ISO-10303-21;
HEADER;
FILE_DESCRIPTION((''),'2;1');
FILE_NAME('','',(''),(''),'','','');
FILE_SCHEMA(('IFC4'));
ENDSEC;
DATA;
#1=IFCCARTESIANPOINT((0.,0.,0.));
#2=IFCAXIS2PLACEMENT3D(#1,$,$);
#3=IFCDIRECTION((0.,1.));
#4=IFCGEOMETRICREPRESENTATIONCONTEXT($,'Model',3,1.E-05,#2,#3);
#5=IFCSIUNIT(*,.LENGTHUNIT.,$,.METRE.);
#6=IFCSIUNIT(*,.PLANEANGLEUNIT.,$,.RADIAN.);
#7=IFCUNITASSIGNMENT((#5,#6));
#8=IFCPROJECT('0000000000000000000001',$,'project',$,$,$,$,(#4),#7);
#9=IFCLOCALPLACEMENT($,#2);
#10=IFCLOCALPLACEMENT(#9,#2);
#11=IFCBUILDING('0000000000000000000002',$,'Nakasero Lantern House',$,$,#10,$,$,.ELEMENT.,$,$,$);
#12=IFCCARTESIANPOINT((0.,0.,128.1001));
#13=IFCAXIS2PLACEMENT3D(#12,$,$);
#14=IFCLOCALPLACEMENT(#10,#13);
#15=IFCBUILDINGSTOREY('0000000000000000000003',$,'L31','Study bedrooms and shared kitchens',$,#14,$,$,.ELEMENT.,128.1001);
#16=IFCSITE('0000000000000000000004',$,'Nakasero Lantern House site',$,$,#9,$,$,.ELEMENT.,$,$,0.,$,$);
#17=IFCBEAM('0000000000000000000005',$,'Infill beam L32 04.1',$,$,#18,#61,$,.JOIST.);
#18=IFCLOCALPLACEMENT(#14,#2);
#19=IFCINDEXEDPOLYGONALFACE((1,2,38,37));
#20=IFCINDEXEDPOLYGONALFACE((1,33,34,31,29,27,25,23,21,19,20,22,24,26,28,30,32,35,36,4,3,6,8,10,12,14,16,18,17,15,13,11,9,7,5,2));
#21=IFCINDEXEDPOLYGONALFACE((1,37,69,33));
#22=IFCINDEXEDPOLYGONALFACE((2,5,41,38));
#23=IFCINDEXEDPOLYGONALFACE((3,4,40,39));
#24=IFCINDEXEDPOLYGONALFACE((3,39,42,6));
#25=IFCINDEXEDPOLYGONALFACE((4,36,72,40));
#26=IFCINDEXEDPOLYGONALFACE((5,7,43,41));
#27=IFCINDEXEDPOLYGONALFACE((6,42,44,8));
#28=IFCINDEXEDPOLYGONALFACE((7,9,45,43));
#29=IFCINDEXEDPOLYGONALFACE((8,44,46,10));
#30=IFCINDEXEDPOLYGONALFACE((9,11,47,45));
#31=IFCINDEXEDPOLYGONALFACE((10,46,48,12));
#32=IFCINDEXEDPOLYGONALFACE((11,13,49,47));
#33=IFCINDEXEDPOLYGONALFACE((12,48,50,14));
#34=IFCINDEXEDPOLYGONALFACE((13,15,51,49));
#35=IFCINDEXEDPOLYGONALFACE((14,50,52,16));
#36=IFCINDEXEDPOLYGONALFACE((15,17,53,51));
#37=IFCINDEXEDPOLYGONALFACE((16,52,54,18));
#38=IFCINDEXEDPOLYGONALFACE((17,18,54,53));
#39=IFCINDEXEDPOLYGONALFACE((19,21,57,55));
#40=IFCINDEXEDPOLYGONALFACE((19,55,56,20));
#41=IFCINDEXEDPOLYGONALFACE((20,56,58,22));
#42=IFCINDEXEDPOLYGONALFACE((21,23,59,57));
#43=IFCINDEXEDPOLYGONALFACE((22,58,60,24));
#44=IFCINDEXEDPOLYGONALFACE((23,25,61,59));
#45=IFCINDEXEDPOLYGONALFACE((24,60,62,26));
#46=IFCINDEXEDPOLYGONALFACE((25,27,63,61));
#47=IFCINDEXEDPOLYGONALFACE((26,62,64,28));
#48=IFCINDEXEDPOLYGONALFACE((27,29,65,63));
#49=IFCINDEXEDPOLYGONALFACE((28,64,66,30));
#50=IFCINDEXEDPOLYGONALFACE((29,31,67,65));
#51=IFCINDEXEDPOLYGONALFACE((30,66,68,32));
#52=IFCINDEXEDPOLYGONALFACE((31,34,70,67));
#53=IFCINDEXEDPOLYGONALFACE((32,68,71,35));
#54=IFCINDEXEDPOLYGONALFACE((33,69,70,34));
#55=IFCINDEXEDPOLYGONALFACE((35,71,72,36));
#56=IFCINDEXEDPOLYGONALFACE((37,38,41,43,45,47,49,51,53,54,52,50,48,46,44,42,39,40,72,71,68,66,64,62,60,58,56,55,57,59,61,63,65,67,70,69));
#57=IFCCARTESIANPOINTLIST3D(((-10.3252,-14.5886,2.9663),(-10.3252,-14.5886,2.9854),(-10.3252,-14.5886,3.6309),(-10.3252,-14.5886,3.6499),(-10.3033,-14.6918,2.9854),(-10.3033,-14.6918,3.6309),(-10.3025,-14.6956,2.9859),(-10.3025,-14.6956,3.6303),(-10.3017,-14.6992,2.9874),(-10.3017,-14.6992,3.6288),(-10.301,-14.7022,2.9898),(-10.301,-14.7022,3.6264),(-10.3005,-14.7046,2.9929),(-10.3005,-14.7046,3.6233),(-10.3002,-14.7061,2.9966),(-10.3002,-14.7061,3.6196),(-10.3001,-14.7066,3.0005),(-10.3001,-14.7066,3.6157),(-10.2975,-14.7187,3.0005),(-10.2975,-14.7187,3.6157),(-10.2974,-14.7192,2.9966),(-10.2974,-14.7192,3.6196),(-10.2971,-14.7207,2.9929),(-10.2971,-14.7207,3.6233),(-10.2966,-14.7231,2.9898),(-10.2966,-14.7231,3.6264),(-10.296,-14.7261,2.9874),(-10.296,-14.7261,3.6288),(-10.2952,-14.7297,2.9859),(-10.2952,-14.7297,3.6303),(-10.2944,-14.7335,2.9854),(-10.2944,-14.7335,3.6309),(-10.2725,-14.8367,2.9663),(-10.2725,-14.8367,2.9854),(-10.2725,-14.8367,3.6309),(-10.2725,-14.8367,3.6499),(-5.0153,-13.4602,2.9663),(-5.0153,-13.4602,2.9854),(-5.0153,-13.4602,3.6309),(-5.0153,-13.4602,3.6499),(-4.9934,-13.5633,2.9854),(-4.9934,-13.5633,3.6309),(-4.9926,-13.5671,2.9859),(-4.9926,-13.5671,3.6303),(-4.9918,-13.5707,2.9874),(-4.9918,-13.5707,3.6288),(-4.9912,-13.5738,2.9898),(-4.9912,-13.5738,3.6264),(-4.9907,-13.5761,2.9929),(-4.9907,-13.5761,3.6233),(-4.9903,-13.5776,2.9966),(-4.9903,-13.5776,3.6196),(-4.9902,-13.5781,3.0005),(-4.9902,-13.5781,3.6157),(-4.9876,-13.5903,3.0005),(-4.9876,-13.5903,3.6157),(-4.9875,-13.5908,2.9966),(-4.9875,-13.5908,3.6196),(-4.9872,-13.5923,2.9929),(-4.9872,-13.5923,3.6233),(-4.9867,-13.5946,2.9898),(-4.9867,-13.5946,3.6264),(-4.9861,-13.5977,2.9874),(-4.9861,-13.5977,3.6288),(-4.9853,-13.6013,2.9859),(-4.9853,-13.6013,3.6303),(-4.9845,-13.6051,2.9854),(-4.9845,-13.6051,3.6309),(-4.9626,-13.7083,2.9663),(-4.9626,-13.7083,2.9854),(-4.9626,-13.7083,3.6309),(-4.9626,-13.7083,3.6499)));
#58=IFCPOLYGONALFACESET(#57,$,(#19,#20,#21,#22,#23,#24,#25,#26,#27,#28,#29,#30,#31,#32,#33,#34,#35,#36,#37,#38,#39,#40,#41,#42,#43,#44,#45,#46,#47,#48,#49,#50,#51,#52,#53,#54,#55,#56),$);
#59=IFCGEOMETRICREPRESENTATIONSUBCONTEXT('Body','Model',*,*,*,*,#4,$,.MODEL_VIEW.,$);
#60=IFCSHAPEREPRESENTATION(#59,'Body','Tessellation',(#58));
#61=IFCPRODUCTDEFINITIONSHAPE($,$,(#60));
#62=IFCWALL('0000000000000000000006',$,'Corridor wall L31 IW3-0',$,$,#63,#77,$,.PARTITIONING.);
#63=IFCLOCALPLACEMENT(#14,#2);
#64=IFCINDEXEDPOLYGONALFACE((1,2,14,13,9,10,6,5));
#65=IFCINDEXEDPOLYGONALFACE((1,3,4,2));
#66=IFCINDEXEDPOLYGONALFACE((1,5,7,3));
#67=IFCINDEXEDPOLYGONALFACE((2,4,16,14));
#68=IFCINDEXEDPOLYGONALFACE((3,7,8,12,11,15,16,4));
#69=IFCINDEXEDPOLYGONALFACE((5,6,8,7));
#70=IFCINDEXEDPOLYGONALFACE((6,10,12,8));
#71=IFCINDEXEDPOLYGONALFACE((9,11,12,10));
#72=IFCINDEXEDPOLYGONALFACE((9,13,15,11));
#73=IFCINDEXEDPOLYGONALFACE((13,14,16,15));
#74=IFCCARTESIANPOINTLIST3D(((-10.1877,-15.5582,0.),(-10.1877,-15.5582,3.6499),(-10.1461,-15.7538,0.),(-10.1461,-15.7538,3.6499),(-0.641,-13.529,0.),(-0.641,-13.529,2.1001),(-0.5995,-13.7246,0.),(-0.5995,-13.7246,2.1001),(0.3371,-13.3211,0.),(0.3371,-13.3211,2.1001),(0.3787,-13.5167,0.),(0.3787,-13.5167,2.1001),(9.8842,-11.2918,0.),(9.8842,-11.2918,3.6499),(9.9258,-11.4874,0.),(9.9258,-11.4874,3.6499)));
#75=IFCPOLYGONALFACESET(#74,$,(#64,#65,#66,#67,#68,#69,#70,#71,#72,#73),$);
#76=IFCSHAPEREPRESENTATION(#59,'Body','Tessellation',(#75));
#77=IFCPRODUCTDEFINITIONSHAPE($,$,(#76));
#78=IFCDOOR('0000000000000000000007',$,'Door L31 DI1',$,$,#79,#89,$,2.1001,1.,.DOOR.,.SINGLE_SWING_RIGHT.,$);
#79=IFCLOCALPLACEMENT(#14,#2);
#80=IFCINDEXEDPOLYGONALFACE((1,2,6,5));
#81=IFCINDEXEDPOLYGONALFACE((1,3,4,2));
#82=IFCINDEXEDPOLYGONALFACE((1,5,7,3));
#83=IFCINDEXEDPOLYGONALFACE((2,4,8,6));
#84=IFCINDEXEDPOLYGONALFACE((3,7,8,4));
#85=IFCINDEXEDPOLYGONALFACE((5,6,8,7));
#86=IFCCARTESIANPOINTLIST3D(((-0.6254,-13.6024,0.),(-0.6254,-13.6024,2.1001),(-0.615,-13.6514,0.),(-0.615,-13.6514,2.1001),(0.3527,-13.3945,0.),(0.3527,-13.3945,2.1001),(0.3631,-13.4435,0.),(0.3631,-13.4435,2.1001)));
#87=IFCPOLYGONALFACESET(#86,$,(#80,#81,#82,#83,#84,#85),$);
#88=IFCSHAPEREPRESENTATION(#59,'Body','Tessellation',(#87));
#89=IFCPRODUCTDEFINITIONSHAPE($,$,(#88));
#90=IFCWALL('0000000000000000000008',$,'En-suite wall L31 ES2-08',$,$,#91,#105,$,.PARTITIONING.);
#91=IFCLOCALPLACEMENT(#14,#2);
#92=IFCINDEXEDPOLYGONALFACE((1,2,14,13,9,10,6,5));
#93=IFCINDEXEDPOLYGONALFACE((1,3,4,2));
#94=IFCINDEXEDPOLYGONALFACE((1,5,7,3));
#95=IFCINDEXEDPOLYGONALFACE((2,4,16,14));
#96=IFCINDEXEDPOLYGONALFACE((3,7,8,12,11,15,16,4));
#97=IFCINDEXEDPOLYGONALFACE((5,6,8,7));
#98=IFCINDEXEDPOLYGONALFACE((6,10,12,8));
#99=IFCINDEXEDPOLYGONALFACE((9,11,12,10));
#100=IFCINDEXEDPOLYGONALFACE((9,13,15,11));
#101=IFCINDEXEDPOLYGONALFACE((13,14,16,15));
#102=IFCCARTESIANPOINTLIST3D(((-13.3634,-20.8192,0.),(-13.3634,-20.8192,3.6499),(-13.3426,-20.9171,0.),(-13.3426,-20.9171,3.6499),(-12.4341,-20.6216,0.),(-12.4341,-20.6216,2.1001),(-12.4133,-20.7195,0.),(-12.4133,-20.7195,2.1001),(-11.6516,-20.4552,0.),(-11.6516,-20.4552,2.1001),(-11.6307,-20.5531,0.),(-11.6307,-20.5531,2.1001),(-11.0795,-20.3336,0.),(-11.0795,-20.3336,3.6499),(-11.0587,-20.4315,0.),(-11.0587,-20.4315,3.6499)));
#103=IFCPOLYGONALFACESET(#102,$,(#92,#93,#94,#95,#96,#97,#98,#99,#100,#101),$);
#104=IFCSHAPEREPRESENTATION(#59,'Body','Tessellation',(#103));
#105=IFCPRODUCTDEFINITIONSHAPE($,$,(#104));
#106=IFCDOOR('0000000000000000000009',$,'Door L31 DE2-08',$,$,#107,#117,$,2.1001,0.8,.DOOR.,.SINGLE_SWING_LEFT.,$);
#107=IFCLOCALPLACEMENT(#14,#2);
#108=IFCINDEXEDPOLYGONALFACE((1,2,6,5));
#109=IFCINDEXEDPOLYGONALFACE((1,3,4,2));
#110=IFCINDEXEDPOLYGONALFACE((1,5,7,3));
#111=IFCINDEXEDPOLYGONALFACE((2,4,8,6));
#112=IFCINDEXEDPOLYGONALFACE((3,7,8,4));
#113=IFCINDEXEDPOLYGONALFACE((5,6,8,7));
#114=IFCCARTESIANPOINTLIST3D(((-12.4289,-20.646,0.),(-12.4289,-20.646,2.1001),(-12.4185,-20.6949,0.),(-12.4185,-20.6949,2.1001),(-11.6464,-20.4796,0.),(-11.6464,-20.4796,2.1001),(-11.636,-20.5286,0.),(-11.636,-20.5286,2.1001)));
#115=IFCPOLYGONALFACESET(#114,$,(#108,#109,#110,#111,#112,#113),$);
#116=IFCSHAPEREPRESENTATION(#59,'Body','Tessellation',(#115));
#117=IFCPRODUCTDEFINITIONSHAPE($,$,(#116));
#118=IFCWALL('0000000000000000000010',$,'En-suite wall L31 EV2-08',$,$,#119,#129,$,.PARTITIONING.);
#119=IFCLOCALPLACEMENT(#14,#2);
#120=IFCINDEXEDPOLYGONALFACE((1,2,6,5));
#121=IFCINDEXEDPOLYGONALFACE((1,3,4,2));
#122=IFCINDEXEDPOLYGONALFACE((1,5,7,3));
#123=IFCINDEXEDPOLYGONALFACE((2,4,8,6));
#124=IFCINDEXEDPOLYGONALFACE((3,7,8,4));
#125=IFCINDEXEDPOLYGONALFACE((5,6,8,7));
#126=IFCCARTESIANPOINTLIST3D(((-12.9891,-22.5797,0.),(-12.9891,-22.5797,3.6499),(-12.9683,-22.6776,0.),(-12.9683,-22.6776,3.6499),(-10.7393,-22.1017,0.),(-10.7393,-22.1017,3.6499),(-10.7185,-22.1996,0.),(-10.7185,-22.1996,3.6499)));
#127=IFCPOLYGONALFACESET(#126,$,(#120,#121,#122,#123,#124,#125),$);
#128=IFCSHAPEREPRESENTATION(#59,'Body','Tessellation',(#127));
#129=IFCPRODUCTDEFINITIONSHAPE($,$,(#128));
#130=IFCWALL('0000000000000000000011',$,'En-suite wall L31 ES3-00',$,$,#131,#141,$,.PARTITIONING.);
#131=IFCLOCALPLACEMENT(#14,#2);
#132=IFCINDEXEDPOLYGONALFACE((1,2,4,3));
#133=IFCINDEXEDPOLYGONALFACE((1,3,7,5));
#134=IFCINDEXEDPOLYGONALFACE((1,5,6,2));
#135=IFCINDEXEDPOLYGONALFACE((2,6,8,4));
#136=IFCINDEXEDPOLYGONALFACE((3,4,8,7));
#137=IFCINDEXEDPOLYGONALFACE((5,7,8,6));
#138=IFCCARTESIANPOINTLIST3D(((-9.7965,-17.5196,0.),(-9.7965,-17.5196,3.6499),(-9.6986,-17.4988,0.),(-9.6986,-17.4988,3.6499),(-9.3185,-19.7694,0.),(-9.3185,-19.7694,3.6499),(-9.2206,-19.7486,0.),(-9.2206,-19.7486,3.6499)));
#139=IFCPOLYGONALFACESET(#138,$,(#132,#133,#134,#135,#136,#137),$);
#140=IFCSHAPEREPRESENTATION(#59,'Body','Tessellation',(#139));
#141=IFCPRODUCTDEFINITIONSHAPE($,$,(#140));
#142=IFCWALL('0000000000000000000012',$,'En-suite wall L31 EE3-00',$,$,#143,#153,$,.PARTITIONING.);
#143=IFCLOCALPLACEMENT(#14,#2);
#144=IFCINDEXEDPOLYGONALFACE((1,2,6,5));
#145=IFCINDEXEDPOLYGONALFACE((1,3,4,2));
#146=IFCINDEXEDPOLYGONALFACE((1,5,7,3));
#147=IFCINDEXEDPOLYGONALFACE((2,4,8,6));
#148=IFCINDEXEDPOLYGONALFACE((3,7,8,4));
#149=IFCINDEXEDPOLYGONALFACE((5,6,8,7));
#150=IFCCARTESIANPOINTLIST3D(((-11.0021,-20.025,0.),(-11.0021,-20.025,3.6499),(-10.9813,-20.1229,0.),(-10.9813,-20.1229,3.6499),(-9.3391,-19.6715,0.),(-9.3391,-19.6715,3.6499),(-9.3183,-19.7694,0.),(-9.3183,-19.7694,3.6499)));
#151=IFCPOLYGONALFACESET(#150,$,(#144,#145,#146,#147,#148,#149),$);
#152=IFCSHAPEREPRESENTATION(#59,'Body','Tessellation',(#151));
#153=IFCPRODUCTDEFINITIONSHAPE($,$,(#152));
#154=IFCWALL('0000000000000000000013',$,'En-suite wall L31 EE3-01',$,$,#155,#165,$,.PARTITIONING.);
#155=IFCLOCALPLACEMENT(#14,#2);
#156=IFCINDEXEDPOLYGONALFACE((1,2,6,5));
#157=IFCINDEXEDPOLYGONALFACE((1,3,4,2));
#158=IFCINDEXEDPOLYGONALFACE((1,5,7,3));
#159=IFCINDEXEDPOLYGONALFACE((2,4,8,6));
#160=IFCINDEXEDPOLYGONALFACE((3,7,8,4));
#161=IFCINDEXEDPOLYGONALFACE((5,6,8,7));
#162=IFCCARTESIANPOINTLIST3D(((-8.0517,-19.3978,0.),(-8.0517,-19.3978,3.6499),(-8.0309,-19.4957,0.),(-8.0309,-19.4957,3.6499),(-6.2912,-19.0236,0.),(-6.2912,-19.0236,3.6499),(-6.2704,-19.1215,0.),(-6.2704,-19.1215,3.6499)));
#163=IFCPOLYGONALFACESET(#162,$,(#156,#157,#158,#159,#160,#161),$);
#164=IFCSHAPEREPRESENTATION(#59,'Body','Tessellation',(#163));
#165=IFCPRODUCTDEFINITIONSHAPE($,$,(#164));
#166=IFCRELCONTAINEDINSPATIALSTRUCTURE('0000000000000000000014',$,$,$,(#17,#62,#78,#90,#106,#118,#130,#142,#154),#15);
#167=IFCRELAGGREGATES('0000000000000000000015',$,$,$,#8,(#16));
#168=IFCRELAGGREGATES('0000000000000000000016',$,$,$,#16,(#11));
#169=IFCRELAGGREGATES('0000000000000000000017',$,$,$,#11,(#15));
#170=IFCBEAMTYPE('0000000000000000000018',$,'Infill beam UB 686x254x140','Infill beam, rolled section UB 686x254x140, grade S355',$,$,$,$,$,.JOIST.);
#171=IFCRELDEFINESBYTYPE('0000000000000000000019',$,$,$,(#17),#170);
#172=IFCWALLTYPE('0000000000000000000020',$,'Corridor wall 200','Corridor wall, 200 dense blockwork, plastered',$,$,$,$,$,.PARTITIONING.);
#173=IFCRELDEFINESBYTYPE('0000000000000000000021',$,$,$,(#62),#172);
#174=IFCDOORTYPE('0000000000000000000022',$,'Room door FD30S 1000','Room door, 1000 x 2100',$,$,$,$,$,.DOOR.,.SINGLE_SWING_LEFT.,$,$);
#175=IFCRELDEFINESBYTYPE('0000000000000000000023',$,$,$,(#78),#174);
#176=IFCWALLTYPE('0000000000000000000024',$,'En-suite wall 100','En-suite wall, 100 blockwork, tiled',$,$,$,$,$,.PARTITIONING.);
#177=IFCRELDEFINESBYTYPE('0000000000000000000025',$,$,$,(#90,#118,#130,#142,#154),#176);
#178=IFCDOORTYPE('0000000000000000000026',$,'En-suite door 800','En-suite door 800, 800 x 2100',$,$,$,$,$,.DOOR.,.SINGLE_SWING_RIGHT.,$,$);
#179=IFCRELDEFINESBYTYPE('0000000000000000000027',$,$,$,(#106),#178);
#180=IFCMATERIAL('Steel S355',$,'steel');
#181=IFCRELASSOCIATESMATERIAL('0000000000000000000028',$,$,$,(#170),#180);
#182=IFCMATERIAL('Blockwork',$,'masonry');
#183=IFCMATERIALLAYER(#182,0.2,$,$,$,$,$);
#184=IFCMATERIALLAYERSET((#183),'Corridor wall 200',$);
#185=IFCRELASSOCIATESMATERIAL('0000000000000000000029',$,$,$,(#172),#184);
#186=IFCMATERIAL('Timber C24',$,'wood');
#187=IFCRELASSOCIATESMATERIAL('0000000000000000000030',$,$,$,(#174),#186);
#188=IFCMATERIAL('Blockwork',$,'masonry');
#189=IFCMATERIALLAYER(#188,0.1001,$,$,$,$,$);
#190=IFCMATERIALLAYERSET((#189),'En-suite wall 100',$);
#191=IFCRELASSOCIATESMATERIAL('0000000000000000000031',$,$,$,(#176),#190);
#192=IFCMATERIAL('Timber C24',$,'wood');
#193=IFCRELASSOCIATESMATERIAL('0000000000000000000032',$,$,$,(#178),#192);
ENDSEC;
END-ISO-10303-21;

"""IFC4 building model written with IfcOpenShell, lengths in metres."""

from ifc_helpers import new_model, si_unit, direction, frame, frame_2d, origin, origin_2d, place, context, subcontext, project, spatial, rectangle, i_section, extrude, material, layer, layer_set, material_profile, profile_set, type_object, element, fill, save


model = new_model("IFC4")

# Units and contexts
model_context = context("Model", 3, precision=1e-05, world=origin(), true_north=direction((0.0, 1.0)))
body_context = subcontext(model_context, "Body", "Model", "MODEL_VIEW")
ifc_project = project(units=[si_unit("LENGTHUNIT", "METRE"), si_unit("PLANEANGLEUNIT", "RADIAN")], contexts=[model_context])

# Site, building, storey
site_placement = place(None, origin())
site = spatial("IfcSite", under=ifc_project, at=site_placement, Name="Nakasero Lantern House site", CompositionType="ELEMENT", RefElevation=0.0)
building_placement = place(site_placement, origin())
building = spatial("IfcBuilding", under=site, at=building_placement, Name="Nakasero Lantern House", CompositionType="ELEMENT")
storey_placement = place(building_placement, frame((0.0, 0.0, 128.1001)))
storey = spatial("IfcBuildingStorey", under=building, at=storey_placement, Name="L31", Description="Study bedrooms and shared kitchens", CompositionType="ELEMENT", Elevation=128.1001)

# Beam
ifc_material_1 = material(Name="Steel S355", Category="steel")
ifc_material_profile = material_profile(ifc_material_1, i_section(OverallWidth=0.2537, OverallDepth=0.6836, WebThickness=0.0125, FlangeThickness=0.019, FilletRadius=0.0151, at=origin_2d()), Name="UB 686x254x140")
ifc_profile_set = profile_set([ifc_material_profile], Name="Steel S355")
beam_type = type_object("IfcBeamType", Name="Infill beam UB 686x254x140", Description="Infill beam, rolled section UB 686x254x140, grade S355", PredefinedType="JOIST", material=ifc_profile_set)
beam_placement = place(storey_placement, frame((-10.2988, -14.7126, 3.3081), z_axis=(0.978156, 0.207873, 0.0), x_axis=(-0.207873, 0.978156, 0.0)))
element("IfcBeam", 1, at=beam_placement, inside=storey, type_object=beam_type, Name="Infill beam L32 04.1", PredefinedType="JOIST", context=body_context, shape_type="SweptSolid", body=[
    extrude(i_section(OverallWidth=0.2537, OverallDepth=0.6836, WebThickness=0.0125, FlangeThickness=0.019, FilletRadius=0.0151, at=origin_2d()), origin(), (0.0, 0.0, 1.0), 5.4285),
])

# Walls, openings, doors
ifc_material_2 = material(Name="Blockwork", Category="masonry")
ifc_layer_1 = layer(ifc_material_2, 0.2)
ifc_layer_set_1 = layer_set([ifc_layer_1], Name="Corridor wall 200")
wall_type_1 = type_object("IfcWallType", Name="Corridor wall 200", Description="Corridor wall, 200 dense blockwork, plastered", PredefinedType="PARTITIONING", material=ifc_layer_set_1)
wall_1_placement = place(storey_placement, frame((-10.167, -15.656, 0.0), z_axis=(0.0, 0.0, 1.0), x_axis=(0.978148, 0.20791, 0.0)))
wall_1 = element("IfcWall", 2, at=wall_1_placement, inside=storey, type_object=wall_type_1, Name="Corridor wall L31 IW3-0", PredefinedType="PARTITIONING", context=body_context, shape_type="SweptSolid", body=[
    extrude(rectangle(XDim=20.5203, YDim=0.2, at=frame_2d((10.2603, 0.0))), origin(), (0.0, 0.0, 1.0), 3.6499),
])
opening_1_placement = place(wall_1_placement, frame((9.76, 0.0, 0.0)))
opening_1 = element("IfcOpeningElement", 3, at=opening_1_placement, cuts=wall_1, PredefinedType="OPENING", context=body_context, shape_type="SweptSolid", body=[
    extrude(rectangle(XDim=1.0, YDim=2.1001, at=frame_2d((0.5, 1.05))), frame((0.0, 0.1199, 0.0), z_axis=(0.0, -1.0, 0.0), x_axis=(1.0, 0.0, 0.0)), (0.0, 0.0, 1.0), 0.24),
])
ifc_material_3 = material(Name="Timber C24", Category="wood")
door_type_1 = type_object("IfcDoorType", Name="Room door FD30S 1000", Description="Room door, 1000 x 2100", OperationType="SINGLE_SWING_LEFT", PredefinedType="DOOR", material=ifc_material_3)
door_1_placement = place(opening_1_placement, origin())
door_1 = element("IfcDoor", 4, at=door_1_placement, inside=storey, type_object=door_type_1, Name="Door L31 DI1", OperationType="SINGLE_SWING_RIGHT", OverallHeight=2.1001, OverallWidth=1.0, PredefinedType="DOOR", context=body_context, shape_type="SweptSolid", body=[
    extrude(rectangle(XDim=1.0, YDim=2.1001, at=frame_2d((0.5, 1.05))), frame((0.0, 0.0249, 0.0), z_axis=(0.0, -1.0, 0.0), x_axis=(1.0, 0.0, 0.0)), (0.0, 0.0, 1.0), 0.05),
])
fill(opening_1, door_1)
ifc_material_4 = material(Name="Blockwork", Category="masonry")
ifc_layer_2 = layer(ifc_material_4, 0.1001)
ifc_layer_set_2 = layer_set([ifc_layer_2], Name="En-suite wall 100")
wall_type_2 = type_object("IfcWallType", Name="En-suite wall 100", Description="En-suite wall, 100 blockwork, tiled", PredefinedType="PARTITIONING", material=ifc_layer_set_2)
wall_2_placement = place(storey_placement, frame((-11.0691, -20.3826, 0.0), z_axis=(0.0, 0.0, 1.0), x_axis=(-0.978136, -0.207965, 0.0)))
wall_2 = element("IfcWall", 5, at=wall_2_placement, inside=storey, type_object=wall_type_2, Name="En-suite wall L31 ES2-08", PredefinedType="PARTITIONING", context=body_context, shape_type="SweptSolid", body=[
    extrude(rectangle(XDim=2.335, YDim=0.1001, at=frame_2d((1.1675, 0.0))), origin(), (0.0, 0.0, 1.0), 3.6499),
])
opening_2_placement = place(wall_2_placement, frame((0.585, 0.0, 0.0)))
opening_2 = element("IfcOpeningElement", 6, at=opening_2_placement, cuts=wall_2, PredefinedType="OPENING", context=body_context, shape_type="SweptSolid", body=[
    extrude(rectangle(XDim=0.8, YDim=2.1001, at=frame_2d((0.3999, 1.05))), frame((0.0, 0.0701, 0.0), z_axis=(0.0, -1.0, 0.0), x_axis=(1.0, 0.0, 0.0)), (0.0, 0.0, 1.0), 0.1401),
])
ifc_material_5 = material(Name="Timber C24", Category="wood")
door_type_2 = type_object("IfcDoorType", Name="En-suite door 800", Description="En-suite door 800, 800 x 2100", OperationType="SINGLE_SWING_RIGHT", PredefinedType="DOOR", material=ifc_material_5)
door_2_placement = place(opening_2_placement, origin())
door_2 = element("IfcDoor", 7, at=door_2_placement, inside=storey, type_object=door_type_2, Name="Door L31 DE2-08", OperationType="SINGLE_SWING_LEFT", OverallHeight=2.1001, OverallWidth=0.8, PredefinedType="DOOR", context=body_context, shape_type="SweptSolid", body=[
    extrude(rectangle(XDim=0.8, YDim=2.1001, at=frame_2d((0.3999, 1.05))), frame((0.0, 0.0249, 0.0), z_axis=(0.0, -1.0, 0.0), x_axis=(1.0, 0.0, 0.0)), (0.0, 0.0, 1.0), 0.05),
])
fill(opening_2, door_2)

# Walls
for number, where, z_axis, x_axis, name in (
    (8, (-10.729, -22.1506, 0.0), (0.0, 0.0, 1.0), (-0.978163, -0.20784, 0.0), "En-suite wall L31 EV2-08"),
    (9, (-9.7476, -17.5093, 0.0), (0.0, 0.0, 1.0), (0.20784, -0.978163, 0.0), "En-suite wall L31 ES3-00"),
):
    element("IfcWall", number, at=place(storey_placement, frame(where, z_axis=z_axis, x_axis=x_axis)), inside=storey, type_object=wall_type_2, Name=name, PredefinedType="PARTITIONING", context=body_context, shape_type="SweptSolid", body=[
        extrude(rectangle(XDim=2.3, YDim=0.1001, at=frame_2d((1.1499, 0.0))), origin(), (0.0, 0.0, 1.0), 3.6499),
    ])
wall_3_placement = place(storey_placement, frame((-10.9917, -20.074, 0.0), z_axis=(0.0, 0.0, 1.0), x_axis=(0.978146, 0.207921, 0.0)))
element("IfcWall", 10, at=wall_3_placement, inside=storey, type_object=wall_type_2, Name="En-suite wall L31 EE3-00", PredefinedType="PARTITIONING", context=body_context, shape_type="SweptSolid", body=[
    extrude(rectangle(XDim=1.7002, YDim=0.1001, at=frame_2d((0.8501, 0.0))), origin(), (0.0, 0.0, 1.0), 3.6499),
])
wall_4_placement = place(storey_placement, frame((-8.0413, -19.4468, 0.0), z_axis=(0.0, 0.0, 1.0), x_axis=(0.978141, 0.207945, 0.0)))
element("IfcWall", 11, at=wall_4_placement, inside=storey, type_object=wall_type_2, Name="En-suite wall L31 EE3-01", PredefinedType="PARTITIONING", context=body_context, shape_type="SweptSolid", body=[
    extrude(rectangle(XDim=1.7998, YDim=0.1001, at=frame_2d((0.8999, 0.0))), origin(), (0.0, 0.0, 1.0), 3.6499),
])

save(model, "model.ifc")
